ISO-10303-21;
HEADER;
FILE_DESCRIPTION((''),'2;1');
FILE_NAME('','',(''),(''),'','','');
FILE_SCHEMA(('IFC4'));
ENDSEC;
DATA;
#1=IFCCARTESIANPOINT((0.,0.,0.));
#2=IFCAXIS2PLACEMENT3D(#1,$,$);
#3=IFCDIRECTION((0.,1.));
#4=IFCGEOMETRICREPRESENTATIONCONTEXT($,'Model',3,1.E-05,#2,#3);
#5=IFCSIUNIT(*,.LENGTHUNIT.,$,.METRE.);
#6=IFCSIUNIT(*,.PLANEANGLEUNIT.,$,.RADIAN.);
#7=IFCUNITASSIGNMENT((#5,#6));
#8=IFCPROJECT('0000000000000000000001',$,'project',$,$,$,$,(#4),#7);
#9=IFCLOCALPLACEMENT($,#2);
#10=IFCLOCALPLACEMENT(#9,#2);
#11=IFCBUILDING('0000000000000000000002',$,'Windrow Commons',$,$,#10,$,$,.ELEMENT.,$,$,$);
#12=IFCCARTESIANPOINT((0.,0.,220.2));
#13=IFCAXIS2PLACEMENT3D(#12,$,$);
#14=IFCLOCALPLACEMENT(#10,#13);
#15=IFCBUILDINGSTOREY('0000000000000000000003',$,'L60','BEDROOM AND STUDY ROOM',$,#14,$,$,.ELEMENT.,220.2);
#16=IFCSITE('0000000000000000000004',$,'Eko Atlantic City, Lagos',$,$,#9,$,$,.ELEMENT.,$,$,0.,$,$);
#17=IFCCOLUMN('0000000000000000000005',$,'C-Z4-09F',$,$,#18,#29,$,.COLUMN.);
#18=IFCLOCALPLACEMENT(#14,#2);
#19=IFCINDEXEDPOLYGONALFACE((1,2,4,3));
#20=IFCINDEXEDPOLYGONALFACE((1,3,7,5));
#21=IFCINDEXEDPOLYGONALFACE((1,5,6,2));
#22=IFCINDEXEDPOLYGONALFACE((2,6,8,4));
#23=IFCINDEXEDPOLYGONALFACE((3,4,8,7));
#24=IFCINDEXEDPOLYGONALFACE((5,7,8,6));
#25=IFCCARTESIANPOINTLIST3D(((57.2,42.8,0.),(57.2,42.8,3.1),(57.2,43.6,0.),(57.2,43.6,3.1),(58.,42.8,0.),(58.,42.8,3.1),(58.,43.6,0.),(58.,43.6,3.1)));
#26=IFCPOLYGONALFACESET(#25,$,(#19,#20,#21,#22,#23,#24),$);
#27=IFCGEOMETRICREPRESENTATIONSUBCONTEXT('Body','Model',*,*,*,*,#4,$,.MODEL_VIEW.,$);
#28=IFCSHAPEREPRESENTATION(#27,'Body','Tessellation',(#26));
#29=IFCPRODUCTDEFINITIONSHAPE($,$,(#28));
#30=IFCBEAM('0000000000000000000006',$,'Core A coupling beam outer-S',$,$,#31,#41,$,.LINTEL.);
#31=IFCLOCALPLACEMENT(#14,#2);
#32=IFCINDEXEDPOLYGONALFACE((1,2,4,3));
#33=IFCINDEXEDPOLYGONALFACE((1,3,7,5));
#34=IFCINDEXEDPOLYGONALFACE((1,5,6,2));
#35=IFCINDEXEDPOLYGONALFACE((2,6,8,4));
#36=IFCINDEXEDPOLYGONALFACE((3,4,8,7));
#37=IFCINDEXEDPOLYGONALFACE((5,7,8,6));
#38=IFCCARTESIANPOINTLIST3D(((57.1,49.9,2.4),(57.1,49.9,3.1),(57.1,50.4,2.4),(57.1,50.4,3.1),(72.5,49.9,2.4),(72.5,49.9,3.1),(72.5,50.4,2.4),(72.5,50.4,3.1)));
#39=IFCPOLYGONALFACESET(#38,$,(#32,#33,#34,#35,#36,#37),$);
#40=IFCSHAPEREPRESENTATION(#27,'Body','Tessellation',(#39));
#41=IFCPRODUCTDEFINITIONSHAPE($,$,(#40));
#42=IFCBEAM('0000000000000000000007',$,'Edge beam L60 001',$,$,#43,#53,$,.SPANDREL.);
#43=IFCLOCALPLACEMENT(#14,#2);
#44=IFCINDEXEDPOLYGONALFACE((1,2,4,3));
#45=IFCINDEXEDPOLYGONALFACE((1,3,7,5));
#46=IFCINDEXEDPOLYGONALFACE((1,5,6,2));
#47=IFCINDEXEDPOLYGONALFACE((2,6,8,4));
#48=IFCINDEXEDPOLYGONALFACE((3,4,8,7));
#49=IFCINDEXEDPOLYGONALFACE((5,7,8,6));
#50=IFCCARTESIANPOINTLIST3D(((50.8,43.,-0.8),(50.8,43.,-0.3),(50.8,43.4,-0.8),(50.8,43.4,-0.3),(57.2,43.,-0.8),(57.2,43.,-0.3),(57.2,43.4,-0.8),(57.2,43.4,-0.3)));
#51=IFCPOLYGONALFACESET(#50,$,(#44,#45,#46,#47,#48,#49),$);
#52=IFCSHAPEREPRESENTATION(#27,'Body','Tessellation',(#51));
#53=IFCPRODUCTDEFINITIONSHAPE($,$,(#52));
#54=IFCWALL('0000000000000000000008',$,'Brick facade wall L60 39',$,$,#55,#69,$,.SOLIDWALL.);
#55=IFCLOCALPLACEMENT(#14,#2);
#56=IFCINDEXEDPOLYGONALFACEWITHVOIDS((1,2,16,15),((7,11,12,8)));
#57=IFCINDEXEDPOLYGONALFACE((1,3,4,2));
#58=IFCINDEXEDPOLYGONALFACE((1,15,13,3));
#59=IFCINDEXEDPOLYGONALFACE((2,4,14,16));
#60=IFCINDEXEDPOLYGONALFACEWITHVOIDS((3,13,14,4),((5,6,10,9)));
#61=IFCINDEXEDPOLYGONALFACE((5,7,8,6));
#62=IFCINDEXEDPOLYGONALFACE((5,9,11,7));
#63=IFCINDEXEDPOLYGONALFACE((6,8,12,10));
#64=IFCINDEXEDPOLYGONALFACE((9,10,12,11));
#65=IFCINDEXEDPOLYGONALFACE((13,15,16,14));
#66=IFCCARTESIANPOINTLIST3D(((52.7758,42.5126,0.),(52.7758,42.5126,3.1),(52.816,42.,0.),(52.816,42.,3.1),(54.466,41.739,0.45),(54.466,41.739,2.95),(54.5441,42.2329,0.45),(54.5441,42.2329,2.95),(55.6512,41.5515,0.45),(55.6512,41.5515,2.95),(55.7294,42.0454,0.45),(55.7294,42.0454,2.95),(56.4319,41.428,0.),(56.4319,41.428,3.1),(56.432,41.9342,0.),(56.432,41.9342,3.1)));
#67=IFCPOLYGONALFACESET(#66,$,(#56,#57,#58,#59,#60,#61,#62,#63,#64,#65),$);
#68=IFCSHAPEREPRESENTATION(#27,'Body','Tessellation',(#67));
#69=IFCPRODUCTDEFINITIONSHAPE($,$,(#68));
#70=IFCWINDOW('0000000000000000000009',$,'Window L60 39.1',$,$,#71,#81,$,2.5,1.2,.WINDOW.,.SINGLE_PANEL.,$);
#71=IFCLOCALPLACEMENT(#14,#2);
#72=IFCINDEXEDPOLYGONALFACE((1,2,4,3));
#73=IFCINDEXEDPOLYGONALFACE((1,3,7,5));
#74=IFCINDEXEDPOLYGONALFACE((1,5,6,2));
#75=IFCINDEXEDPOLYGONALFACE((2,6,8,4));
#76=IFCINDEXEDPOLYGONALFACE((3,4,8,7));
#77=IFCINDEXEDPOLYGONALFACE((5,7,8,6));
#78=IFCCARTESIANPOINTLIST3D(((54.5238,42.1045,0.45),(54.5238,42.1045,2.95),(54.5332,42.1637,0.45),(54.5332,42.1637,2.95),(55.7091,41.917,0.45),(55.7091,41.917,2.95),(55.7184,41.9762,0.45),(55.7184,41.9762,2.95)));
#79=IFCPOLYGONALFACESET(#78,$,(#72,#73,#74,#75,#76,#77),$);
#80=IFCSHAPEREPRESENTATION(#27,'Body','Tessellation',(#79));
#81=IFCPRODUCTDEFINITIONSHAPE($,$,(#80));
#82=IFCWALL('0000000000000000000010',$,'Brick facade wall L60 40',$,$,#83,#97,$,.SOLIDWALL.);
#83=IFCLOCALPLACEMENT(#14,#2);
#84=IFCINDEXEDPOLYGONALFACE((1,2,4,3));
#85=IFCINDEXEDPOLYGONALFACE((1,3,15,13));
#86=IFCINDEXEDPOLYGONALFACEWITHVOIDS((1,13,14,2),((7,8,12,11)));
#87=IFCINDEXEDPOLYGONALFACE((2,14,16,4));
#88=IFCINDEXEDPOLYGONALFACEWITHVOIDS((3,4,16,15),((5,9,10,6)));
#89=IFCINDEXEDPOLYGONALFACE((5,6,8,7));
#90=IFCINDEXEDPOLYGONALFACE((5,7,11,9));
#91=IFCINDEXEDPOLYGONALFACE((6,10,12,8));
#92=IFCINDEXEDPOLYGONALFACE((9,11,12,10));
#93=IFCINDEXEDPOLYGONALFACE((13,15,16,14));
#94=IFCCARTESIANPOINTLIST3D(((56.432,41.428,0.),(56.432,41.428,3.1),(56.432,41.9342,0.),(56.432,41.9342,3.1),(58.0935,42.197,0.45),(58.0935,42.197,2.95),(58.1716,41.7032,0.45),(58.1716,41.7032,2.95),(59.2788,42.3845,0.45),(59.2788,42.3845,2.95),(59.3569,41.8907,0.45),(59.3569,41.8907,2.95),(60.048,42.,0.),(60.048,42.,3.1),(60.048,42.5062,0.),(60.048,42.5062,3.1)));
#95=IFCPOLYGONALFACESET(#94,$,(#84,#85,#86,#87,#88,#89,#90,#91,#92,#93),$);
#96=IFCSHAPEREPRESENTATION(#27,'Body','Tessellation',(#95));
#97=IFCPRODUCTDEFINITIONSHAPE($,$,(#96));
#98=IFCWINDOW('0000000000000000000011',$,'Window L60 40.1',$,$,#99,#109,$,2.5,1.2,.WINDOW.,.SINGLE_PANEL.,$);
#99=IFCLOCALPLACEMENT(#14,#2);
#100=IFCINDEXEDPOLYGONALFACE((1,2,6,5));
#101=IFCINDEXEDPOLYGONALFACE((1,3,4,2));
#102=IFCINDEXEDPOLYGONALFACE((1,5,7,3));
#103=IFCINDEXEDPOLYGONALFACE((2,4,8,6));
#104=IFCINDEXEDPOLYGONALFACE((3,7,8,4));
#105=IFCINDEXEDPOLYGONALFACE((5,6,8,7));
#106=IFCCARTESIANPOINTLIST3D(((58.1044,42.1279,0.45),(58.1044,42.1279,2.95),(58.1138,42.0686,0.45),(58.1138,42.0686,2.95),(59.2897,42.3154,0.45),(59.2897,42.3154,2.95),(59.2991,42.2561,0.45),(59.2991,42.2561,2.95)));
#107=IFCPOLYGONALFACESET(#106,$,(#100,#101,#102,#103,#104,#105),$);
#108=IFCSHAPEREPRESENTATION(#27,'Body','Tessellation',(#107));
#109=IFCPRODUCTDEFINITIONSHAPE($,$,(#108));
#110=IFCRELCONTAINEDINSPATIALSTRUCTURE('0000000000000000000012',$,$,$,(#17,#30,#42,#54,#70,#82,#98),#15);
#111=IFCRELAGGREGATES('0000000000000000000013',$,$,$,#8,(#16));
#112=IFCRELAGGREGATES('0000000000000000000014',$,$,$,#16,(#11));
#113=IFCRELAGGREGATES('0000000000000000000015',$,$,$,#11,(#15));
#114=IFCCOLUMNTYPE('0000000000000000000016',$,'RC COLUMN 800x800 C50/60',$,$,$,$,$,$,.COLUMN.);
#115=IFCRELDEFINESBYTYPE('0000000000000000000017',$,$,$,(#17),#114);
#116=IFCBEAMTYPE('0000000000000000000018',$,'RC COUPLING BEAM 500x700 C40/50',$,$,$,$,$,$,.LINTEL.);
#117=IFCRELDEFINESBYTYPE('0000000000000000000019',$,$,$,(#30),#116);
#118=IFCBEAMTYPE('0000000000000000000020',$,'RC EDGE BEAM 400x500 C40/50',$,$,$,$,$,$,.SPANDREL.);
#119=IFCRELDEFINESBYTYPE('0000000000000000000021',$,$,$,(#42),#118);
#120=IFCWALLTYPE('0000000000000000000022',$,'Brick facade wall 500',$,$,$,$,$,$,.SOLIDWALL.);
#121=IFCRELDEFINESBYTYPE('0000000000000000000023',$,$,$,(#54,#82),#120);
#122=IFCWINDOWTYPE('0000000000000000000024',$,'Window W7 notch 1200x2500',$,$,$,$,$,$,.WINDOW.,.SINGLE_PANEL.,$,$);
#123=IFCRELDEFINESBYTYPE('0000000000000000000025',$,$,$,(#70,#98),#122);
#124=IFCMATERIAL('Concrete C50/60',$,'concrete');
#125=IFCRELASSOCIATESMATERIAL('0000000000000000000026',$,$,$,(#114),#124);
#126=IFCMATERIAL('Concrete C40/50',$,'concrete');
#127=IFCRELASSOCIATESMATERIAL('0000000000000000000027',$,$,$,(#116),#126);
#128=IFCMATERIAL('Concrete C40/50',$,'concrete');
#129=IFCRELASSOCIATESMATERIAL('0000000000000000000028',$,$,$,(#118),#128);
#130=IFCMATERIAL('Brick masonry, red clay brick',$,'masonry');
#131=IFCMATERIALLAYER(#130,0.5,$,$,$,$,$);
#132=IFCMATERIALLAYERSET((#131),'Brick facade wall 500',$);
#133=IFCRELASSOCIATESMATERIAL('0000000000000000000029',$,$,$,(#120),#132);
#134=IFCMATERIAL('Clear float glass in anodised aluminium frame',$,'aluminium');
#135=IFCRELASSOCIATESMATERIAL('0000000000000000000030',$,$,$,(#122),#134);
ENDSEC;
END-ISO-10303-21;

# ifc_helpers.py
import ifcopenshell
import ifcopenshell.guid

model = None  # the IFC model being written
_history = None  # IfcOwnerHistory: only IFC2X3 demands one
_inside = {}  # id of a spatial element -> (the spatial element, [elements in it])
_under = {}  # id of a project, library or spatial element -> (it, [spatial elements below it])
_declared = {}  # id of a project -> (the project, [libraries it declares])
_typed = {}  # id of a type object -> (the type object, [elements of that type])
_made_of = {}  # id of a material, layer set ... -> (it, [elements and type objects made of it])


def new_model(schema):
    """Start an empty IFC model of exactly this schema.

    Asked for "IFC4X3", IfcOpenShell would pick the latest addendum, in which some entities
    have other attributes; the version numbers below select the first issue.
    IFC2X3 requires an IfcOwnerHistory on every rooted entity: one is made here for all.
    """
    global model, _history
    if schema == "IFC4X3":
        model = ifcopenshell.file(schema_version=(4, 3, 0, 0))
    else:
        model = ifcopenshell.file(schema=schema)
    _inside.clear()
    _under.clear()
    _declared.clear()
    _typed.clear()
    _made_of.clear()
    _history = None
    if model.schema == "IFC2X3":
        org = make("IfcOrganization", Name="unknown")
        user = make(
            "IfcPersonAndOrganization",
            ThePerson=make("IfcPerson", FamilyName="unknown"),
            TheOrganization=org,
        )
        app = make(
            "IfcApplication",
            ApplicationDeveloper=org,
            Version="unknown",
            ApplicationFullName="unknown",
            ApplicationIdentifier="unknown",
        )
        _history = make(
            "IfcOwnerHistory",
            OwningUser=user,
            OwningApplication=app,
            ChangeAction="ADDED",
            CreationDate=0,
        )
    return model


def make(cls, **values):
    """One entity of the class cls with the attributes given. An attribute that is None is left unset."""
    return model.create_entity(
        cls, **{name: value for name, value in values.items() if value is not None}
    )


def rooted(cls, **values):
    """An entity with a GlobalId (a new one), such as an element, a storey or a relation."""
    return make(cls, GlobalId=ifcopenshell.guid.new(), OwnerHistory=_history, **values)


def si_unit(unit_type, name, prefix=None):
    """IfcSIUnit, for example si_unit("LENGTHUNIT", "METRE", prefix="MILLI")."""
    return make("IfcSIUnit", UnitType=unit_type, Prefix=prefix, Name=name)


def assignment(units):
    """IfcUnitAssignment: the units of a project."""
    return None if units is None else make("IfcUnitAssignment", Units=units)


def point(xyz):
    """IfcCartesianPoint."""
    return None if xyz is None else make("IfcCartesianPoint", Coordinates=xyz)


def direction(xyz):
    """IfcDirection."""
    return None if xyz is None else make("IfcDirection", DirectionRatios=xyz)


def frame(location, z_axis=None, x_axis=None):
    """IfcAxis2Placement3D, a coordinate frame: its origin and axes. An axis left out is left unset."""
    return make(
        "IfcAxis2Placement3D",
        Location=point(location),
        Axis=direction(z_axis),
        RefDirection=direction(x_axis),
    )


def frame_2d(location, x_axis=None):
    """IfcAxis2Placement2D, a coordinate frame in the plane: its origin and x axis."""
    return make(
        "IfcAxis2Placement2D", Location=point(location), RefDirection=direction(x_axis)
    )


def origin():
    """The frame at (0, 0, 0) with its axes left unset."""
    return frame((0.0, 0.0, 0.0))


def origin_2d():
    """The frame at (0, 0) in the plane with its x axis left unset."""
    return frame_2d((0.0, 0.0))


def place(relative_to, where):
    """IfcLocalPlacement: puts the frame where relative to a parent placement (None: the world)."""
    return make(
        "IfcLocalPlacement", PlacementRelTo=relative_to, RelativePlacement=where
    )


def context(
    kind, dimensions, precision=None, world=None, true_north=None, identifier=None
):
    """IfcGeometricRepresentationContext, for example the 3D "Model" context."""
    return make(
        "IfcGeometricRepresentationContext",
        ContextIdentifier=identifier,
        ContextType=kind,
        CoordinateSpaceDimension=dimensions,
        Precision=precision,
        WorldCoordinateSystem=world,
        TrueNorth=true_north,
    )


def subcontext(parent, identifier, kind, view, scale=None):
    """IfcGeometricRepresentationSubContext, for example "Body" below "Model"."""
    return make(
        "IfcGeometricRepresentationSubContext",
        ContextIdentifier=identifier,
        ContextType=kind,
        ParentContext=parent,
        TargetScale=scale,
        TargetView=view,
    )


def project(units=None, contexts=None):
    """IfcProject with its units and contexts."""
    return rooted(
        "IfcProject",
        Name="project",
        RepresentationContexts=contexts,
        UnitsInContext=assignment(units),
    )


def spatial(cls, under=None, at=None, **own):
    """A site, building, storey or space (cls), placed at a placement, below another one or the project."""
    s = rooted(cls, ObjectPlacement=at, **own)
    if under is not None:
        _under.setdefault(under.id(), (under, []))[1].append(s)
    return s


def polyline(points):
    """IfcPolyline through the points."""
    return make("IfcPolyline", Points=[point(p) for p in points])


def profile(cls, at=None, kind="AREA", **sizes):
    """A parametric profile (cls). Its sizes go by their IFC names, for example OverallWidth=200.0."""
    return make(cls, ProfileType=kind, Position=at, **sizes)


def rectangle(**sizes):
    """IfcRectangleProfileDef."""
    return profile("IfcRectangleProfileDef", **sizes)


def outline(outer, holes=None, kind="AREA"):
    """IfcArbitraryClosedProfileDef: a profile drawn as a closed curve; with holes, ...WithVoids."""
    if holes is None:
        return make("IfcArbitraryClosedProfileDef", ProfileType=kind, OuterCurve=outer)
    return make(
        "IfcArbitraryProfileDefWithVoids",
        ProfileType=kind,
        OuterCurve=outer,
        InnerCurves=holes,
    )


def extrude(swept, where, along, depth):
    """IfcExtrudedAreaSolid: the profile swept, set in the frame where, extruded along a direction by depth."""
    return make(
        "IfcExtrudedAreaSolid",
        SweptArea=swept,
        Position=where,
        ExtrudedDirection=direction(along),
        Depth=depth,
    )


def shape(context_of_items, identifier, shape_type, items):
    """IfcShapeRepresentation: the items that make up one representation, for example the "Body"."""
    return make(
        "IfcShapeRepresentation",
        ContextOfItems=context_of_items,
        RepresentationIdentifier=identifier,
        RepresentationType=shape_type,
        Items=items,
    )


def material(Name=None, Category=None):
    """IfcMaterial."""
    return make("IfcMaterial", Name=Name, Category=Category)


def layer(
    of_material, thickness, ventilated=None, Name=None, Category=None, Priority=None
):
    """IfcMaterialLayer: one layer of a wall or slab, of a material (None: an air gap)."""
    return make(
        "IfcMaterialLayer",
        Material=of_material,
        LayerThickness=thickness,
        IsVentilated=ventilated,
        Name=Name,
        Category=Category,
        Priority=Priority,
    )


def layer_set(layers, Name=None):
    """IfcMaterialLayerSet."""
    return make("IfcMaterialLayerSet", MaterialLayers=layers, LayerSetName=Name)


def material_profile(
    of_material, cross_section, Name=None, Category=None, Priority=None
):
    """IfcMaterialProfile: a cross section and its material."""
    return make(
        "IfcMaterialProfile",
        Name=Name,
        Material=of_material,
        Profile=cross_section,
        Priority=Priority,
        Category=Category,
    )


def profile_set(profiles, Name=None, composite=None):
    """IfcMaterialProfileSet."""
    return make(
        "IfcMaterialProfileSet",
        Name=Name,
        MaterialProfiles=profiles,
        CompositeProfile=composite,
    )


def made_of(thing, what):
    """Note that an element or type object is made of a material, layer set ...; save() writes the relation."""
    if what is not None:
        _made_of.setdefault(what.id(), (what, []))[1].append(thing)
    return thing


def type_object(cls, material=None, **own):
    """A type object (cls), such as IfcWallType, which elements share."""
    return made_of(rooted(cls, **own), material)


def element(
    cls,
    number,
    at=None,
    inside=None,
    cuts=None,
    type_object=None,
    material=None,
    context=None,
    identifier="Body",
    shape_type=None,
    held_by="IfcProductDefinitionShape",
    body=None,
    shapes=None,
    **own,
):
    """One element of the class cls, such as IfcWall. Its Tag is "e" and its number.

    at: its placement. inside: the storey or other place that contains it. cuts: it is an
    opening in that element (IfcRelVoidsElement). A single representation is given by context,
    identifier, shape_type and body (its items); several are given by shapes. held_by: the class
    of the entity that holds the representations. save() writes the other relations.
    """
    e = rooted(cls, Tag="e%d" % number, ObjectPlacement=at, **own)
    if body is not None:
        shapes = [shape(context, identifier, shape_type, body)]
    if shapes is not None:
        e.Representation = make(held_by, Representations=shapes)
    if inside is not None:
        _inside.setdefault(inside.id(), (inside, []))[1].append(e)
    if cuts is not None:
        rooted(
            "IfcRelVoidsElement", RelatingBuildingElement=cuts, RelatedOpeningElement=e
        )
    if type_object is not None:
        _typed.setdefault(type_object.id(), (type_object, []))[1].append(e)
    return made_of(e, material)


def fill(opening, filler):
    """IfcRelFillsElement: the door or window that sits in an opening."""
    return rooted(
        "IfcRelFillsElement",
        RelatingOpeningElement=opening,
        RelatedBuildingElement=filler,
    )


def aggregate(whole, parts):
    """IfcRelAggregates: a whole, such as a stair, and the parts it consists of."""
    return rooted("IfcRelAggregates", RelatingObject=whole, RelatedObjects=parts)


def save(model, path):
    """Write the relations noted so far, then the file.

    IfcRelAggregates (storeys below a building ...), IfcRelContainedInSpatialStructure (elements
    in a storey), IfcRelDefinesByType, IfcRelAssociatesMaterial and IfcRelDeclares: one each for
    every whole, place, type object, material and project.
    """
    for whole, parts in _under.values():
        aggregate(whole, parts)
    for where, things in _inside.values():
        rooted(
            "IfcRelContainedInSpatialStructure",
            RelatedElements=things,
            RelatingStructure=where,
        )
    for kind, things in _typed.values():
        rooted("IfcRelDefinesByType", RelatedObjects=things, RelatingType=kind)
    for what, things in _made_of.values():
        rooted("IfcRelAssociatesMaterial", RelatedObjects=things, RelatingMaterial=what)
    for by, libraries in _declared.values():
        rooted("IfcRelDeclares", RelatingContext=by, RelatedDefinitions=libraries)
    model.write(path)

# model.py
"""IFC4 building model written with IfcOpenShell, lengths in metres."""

from ifc_helpers import new_model, si_unit, direction, frame, frame_2d, origin, origin_2d, place, context, subcontext, project, spatial, polyline, rectangle, outline, extrude, material, layer, layer_set, material_profile, profile_set, type_object, element, fill, save


model = new_model("IFC4")

# Units and contexts
model_context = context("Model", 3, precision=1e-05, world=origin(), true_north=direction((0.0, 1.0)))
body_context = subcontext(model_context, "Body", "Model", "MODEL_VIEW")
ifc_project = project(units=[si_unit("LENGTHUNIT", "METRE"), si_unit("PLANEANGLEUNIT", "RADIAN")], contexts=[model_context])

# Site, building, storey
site_placement = place(None, origin())
site = spatial("IfcSite", under=ifc_project, at=site_placement, Name="Eko Atlantic City, Lagos", CompositionType="ELEMENT", RefElevation=0.0)
building_placement = place(site_placement, origin())
building = spatial("IfcBuilding", under=site, at=building_placement, Name="Windrow Commons", CompositionType="ELEMENT")
storey_placement = place(building_placement, frame((0.0, 0.0, 220.2)))
storey = spatial("IfcBuildingStorey", under=building, at=storey_placement, Name="L60", Description="BEDROOM AND STUDY ROOM", CompositionType="ELEMENT", Elevation=220.2)

# Column
ifc_material_1 = material(Name="Concrete C50/60", Category="concrete")
ifc_material_profile_1 = material_profile(ifc_material_1, rectangle(XDim=0.8, YDim=0.8, at=origin_2d()))
ifc_profile_set_1 = profile_set([ifc_material_profile_1], Name="Concrete C50/60")
column_type = type_object("IfcColumnType", Name="RC COLUMN 800x800 C50/60", PredefinedType="COLUMN", material=ifc_profile_set_1)
column_placement = place(storey_placement, frame((57.6, 43.2, 0.0), z_axis=(0.0, 0.0, 1.0), x_axis=(1.0, 0.0, 0.0)))
element("IfcColumn", 1, at=column_placement, inside=storey, type_object=column_type, Name="C-Z4-09F", PredefinedType="COLUMN", context=body_context, shape_type="SweptSolid", body=[
    extrude(rectangle(XDim=0.8, YDim=0.8, at=origin_2d()), origin(), (0.0, 0.0, 1.0), 3.1),
])

# Beams
ifc_material_2 = material(Name="Concrete C40/50", Category="concrete")
ifc_material_profile_2 = material_profile(ifc_material_2, rectangle(XDim=0.5, YDim=0.7, at=origin_2d()))
ifc_profile_set_2 = profile_set([ifc_material_profile_2], Name="Concrete C40/50")
beam_type_1 = type_object("IfcBeamType", Name="RC COUPLING BEAM 500x700 C40/50", PredefinedType="LINTEL", material=ifc_profile_set_2)
beam_1_placement = place(storey_placement, frame((57.1, 50.15, 2.75), z_axis=(1.0, 0.0, 0.0), x_axis=(0.0, 1.0, 0.0)))
element("IfcBeam", 2, at=beam_1_placement, inside=storey, type_object=beam_type_1, Name="Core A coupling beam outer-S", PredefinedType="LINTEL", context=body_context, shape_type="SweptSolid", body=[
    extrude(rectangle(XDim=0.5, YDim=0.7, at=origin_2d()), origin(), (0.0, 0.0, 1.0), 15.4),
])
ifc_material_3 = material(Name="Concrete C40/50", Category="concrete")
ifc_material_profile_3 = material_profile(ifc_material_3, rectangle(XDim=0.4, YDim=0.5, at=origin_2d()))
ifc_profile_set_3 = profile_set([ifc_material_profile_3], Name="Concrete C40/50")
beam_type_2 = type_object("IfcBeamType", Name="RC EDGE BEAM 400x500 C40/50", PredefinedType="SPANDREL", material=ifc_profile_set_3)
beam_2_placement = place(storey_placement, frame((57.2, 43.2, -0.55), z_axis=(-1.0, 0.0, 0.0), x_axis=(0.0, -1.0, 0.0)))
element("IfcBeam", 3, at=beam_2_placement, inside=storey, type_object=beam_type_2, Name="Edge beam L60 001", PredefinedType="SPANDREL", context=body_context, shape_type="SweptSolid", body=[
    extrude(rectangle(XDim=0.4, YDim=0.5, at=origin_2d()), origin(), (0.0, 0.0, 1.0), 6.4),
])

# Walls, openings, windows
ifc_material_4 = material(Name="Brick masonry, red clay brick", Category="masonry")
ifc_layer_1 = layer(ifc_material_4, 0.5)
ifc_layer_set_1 = layer_set([ifc_layer_1], Name="Brick facade wall 500")
wall_type_1 = type_object("IfcWallType", Name="Brick facade wall 500", PredefinedType="SOLIDWALL", material=ifc_layer_set_1)
wall_1_placement = place(storey_placement, frame((52.7959, 42.2563, 0.0), z_axis=(0.0, 0.0, 1.0), x_axis=(0.987718, -0.156249, 0.0)))
wall_1 = element("IfcWall", 4, at=wall_1_placement, inside=storey, type_object=wall_type_1, Name="Brick facade wall L60 39", PredefinedType="SOLIDWALL", context=body_context, shape_type="SweptSolid", body=[
    extrude(outline(polyline([(0.0599, -0.25), (3.7208, -0.25), (3.6418, 0.25), (-0.0599, 0.25), (0.0599, -0.25)])), origin(), (0.0, 0.0, 1.0), 3.1),
])
opening_1_placement = place(wall_1_placement, frame((1.7304, 0.0, 0.45)))
opening_1 = element("IfcOpeningElement", 5, at=opening_1_placement, cuts=wall_1, PredefinedType="OPENING", context=body_context, shape_type="SweptSolid", body=[
    extrude(rectangle(XDim=1.2, YDim=2.5, at=frame_2d((0.6, 1.25))), frame((0.0, 0.26, 0.0), z_axis=(0.0, -1.0, 0.0), x_axis=(1.0, 0.0, 0.0)), (0.0, 0.0, 1.0), 0.52),
])
ifc_material_5 = material(Name="Clear float glass in anodised aluminium frame", Category="aluminium")
window_type = type_object("IfcWindowType", Name="Window W7 notch 1200x2500", PartitioningType="SINGLE_PANEL", PredefinedType="WINDOW", material=ifc_material_5)
window_1_placement = place(opening_1_placement, origin())
window_1 = element("IfcWindow", 6, at=window_1_placement, inside=storey, type_object=window_type, Name="Window L60 39.1", OverallHeight=2.5, OverallWidth=1.2, PartitioningType="SINGLE_PANEL", PredefinedType="WINDOW", context=body_context, shape_type="SweptSolid", body=[
    extrude(rectangle(XDim=1.2, YDim=2.5, at=frame_2d((0.6, 1.25))), frame((0.0, 0.18, 0.0), z_axis=(0.0, -1.0, 0.0), x_axis=(1.0, 0.0, 0.0)), (0.0, 0.0, 1.0), 0.06),
])
fill(opening_1, window_1)
wall_2_placement = place(storey_placement, frame((56.432, 41.6811, 0.0), z_axis=(0.0, 0.0, 1.0), x_axis=(0.987719, 0.156243, 0.0)))
wall_2 = element("IfcWall", 7, at=wall_2_placement, inside=storey, type_object=wall_type_1, Name="Brick facade wall L60 40", PredefinedType="SOLIDWALL", context=body_context, shape_type="SweptSolid", body=[
    extrude(outline(polyline([(-0.0395, -0.25), (3.6214, -0.25), (3.7005, 0.25), (0.0395, 0.25), (-0.0395, -0.25)])), origin(), (0.0, 0.0, 1.0), 3.1),
])
opening_2_placement = place(wall_2_placement, frame((1.7217, 0.0, 0.45)))
opening_2 = element("IfcOpeningElement", 8, at=opening_2_placement, cuts=wall_2, PredefinedType="OPENING", context=body_context, shape_type="SweptSolid", body=[
    extrude(rectangle(XDim=1.2, YDim=2.5, at=frame_2d((0.6, 1.25))), frame((0.0, 0.26, 0.0), z_axis=(0.0, -1.0, 0.0), x_axis=(1.0, 0.0, 0.0)), (0.0, 0.0, 1.0), 0.52),
])
window_2_placement = place(opening_2_placement, origin())
window_2 = element("IfcWindow", 9, at=window_2_placement, inside=storey, type_object=window_type, Name="Window L60 40.1", OverallHeight=2.5, OverallWidth=1.2, PartitioningType="SINGLE_PANEL", PredefinedType="WINDOW", context=body_context, shape_type="SweptSolid", body=[
    extrude(rectangle(XDim=1.2, YDim=2.5, at=frame_2d((0.6, 1.25))), frame((0.0, 0.18, 0.0), z_axis=(0.0, -1.0, 0.0), x_axis=(1.0, 0.0, 0.0)), (0.0, 0.0, 1.0), 0.06),
])
fill(opening_2, window_2)

save(model, "model.ifc")
